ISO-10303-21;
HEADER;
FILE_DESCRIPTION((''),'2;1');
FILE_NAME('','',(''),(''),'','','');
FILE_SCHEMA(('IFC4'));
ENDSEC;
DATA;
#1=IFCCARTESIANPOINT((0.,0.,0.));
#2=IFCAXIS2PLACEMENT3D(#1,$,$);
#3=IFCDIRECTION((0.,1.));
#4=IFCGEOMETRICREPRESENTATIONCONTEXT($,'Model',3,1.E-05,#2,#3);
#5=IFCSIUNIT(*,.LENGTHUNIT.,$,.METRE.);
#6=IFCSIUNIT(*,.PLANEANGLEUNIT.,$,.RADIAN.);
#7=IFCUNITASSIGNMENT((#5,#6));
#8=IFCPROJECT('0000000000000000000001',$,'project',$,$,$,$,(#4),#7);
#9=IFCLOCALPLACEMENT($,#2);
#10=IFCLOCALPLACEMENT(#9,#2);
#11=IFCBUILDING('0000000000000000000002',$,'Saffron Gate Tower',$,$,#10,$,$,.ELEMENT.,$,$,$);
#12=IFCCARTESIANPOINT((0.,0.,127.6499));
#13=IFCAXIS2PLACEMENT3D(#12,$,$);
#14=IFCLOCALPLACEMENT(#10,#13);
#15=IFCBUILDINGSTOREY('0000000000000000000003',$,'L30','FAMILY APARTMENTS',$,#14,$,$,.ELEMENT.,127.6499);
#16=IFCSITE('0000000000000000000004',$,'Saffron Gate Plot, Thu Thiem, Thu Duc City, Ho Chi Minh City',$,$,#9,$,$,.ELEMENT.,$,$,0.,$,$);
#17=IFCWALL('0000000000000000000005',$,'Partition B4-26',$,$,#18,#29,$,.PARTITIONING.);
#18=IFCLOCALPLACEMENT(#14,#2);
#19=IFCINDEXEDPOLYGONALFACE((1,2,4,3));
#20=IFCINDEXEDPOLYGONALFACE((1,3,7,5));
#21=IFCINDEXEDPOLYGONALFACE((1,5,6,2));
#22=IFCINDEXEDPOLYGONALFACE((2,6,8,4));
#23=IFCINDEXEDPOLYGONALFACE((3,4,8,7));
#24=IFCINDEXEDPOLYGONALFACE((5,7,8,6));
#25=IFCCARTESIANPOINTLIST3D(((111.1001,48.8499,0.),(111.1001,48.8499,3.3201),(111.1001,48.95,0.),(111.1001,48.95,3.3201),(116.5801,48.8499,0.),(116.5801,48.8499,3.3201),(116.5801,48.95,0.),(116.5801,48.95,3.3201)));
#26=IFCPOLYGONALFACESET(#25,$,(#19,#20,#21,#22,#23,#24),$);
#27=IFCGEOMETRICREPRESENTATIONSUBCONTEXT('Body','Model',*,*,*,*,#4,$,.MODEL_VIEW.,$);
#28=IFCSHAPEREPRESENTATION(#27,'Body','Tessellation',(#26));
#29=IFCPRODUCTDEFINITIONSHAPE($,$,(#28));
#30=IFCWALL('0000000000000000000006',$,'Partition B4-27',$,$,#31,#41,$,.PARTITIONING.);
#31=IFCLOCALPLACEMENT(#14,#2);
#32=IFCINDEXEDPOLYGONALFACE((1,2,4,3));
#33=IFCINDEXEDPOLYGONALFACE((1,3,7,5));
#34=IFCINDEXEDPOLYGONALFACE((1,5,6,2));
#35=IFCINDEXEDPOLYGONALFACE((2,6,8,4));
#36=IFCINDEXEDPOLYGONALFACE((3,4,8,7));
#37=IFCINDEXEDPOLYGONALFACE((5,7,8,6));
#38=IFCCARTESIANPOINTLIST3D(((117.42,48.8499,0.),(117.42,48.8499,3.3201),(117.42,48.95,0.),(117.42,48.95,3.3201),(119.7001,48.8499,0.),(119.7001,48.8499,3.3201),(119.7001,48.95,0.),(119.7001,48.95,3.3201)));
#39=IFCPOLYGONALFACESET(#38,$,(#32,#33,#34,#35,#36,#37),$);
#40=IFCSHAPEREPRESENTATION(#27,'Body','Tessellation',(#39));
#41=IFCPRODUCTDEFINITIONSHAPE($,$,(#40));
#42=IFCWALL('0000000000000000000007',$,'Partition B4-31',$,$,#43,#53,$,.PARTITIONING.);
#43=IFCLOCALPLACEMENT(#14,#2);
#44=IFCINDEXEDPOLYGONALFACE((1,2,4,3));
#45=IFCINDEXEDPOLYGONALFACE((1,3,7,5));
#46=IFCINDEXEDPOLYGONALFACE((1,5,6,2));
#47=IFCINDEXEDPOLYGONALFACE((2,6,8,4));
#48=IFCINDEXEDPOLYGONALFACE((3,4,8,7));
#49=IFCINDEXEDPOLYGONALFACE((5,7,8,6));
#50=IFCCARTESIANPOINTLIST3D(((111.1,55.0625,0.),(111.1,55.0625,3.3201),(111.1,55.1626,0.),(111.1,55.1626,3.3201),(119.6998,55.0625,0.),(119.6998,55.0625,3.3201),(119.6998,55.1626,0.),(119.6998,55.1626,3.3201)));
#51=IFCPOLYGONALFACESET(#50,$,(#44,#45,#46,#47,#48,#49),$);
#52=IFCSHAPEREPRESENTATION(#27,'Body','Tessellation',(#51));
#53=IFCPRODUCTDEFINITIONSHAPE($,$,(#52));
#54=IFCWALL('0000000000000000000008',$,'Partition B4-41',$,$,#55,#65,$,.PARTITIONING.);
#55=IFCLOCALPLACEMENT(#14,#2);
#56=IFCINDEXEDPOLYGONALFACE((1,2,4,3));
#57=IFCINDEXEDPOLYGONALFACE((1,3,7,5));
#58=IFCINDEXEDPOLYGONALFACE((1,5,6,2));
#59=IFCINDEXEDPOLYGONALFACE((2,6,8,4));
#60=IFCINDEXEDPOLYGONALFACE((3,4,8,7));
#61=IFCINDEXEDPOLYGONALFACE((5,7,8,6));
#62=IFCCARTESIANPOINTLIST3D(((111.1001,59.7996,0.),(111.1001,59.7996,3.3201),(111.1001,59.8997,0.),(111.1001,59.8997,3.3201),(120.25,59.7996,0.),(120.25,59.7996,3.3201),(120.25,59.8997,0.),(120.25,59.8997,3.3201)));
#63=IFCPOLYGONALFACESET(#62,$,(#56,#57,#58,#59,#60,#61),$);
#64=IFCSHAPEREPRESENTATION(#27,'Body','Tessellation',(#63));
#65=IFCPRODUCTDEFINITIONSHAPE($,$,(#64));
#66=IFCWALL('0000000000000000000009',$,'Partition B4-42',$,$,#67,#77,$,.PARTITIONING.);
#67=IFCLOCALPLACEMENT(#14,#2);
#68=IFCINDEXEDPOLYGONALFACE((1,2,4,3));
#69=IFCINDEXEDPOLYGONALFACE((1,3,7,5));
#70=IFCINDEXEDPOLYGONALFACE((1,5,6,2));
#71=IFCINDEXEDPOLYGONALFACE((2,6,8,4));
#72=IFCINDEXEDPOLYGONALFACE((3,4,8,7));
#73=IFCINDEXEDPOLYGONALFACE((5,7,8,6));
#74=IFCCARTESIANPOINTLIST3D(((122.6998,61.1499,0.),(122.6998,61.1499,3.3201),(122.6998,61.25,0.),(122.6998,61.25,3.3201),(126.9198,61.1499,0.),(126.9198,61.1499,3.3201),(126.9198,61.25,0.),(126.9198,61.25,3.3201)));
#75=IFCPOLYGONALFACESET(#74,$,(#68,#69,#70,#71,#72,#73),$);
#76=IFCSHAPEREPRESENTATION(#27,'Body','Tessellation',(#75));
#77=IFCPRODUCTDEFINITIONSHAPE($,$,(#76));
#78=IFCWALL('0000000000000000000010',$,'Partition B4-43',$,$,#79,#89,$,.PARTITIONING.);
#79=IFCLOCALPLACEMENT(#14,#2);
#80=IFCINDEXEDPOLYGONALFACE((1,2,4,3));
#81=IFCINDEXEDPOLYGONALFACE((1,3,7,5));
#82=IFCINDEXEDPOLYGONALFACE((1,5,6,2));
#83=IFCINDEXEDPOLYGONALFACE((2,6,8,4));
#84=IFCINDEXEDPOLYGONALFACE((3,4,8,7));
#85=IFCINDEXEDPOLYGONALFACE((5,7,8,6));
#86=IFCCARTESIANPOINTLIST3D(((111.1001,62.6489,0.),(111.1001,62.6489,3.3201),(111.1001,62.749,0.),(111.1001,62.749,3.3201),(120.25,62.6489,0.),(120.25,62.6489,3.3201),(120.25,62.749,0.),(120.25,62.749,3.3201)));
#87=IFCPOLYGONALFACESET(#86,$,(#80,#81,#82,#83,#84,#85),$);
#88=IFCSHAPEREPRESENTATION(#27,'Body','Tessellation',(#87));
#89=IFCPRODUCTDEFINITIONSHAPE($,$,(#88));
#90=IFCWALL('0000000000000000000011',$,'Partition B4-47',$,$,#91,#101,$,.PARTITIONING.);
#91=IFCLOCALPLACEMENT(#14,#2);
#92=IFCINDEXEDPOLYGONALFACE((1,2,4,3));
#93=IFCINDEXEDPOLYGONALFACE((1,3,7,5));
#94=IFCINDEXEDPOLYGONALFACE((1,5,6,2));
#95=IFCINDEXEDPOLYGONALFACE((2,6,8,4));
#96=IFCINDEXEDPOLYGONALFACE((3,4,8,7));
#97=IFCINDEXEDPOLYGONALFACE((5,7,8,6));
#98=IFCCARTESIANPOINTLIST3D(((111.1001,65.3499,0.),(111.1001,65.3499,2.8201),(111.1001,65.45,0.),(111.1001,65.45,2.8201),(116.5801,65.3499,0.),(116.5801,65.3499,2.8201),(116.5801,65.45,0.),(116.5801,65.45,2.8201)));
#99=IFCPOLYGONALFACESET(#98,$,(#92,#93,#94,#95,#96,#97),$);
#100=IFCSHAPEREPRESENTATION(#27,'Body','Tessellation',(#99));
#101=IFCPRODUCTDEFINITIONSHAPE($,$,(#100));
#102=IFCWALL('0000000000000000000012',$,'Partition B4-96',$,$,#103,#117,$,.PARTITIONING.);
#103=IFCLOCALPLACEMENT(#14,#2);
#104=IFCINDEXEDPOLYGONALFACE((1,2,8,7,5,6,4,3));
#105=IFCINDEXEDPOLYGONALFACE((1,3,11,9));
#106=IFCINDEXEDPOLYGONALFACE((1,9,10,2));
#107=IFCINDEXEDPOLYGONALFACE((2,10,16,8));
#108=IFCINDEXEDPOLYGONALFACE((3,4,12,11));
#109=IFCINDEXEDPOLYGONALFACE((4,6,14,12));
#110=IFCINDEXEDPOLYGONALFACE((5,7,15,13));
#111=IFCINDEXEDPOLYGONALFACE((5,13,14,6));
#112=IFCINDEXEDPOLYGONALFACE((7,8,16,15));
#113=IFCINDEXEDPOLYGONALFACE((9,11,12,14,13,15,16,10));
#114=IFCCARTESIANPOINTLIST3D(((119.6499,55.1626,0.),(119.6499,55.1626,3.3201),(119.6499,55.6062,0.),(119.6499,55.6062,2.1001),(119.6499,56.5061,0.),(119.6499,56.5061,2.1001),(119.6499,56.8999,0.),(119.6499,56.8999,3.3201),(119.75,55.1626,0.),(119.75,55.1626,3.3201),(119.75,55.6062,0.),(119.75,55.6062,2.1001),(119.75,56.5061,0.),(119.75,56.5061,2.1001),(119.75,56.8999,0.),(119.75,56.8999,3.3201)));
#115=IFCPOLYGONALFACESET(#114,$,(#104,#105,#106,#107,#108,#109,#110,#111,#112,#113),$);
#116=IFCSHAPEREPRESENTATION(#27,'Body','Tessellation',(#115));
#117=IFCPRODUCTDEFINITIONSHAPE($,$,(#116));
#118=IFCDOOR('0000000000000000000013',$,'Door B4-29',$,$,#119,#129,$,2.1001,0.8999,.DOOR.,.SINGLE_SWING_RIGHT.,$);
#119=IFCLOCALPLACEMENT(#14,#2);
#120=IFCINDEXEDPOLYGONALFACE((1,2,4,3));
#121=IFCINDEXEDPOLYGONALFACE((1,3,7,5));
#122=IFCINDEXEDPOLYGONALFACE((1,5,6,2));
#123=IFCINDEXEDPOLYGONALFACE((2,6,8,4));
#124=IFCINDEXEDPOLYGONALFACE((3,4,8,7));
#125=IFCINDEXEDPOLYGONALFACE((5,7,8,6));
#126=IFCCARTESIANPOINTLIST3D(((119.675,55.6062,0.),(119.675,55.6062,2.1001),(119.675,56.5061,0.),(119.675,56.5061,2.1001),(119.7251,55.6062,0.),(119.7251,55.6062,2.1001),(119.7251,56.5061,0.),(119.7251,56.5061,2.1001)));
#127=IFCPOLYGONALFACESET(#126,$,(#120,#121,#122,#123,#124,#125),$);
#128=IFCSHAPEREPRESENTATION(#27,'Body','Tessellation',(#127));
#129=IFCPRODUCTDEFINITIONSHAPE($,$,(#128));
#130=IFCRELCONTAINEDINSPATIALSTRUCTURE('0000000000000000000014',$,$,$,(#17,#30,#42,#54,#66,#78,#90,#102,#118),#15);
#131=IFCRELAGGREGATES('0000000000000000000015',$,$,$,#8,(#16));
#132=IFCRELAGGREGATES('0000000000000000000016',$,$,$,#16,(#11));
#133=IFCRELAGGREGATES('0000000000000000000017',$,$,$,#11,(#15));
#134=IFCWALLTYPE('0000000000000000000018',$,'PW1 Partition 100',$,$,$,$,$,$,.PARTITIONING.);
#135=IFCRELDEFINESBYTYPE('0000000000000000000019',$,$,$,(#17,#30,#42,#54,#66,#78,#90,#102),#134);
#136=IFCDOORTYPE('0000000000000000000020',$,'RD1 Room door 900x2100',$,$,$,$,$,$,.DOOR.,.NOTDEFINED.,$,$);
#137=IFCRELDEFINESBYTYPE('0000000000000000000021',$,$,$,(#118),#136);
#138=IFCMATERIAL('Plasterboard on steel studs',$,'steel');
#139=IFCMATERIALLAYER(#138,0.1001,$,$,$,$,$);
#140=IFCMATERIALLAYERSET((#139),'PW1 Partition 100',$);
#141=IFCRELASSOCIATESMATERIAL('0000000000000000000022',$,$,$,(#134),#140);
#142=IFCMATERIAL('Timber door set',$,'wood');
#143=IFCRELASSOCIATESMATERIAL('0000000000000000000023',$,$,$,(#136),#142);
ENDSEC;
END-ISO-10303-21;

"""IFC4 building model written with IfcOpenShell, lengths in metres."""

from ifc_helpers import new_model, si_unit, direction, frame, frame_2d, origin, place, context, subcontext, project, spatial, rectangle, extrude, material, layer, layer_set, type_object, element, fill, save


model = new_model("IFC4")

# Units and contexts
model_context = context("Model", 3, precision=1e-05, world=origin(), true_north=direction((0.0, 1.0)))
body_context = subcontext(model_context, "Body", "Model", "MODEL_VIEW")
ifc_project = project(units=[si_unit("LENGTHUNIT", "METRE"), si_unit("PLANEANGLEUNIT", "RADIAN")], contexts=[model_context])

# Site, building, storey
site_placement = place(None, origin())
site = spatial("IfcSite", under=ifc_project, at=site_placement, Name="Saffron Gate Plot, Thu Thiem, Thu Duc City, Ho Chi Minh City", CompositionType="ELEMENT", RefElevation=0.0)
building_placement = place(site_placement, origin())
building = spatial("IfcBuilding", under=site, at=building_placement, Name="Saffron Gate Tower", CompositionType="ELEMENT")
storey_placement = place(building_placement, frame((0.0, 0.0, 127.6499)))
storey = spatial("IfcBuildingStorey", under=building, at=storey_placement, Name="L30", Description="FAMILY APARTMENTS", CompositionType="ELEMENT", Elevation=127.6499)

# Walls
ifc_material_1 = material(Name="Plasterboard on steel studs", Category="steel")
ifc_layer_1 = layer(ifc_material_1, 0.1001)
ifc_layer_set_1 = layer_set([ifc_layer_1], Name="PW1 Partition 100")
wall_type_1 = type_object("IfcWallType", Name="PW1 Partition 100", PredefinedType="PARTITIONING", material=ifc_layer_set_1)
wall_1_placement = place(storey_placement, frame((111.1001, 48.8999, 0.0), z_axis=(0.0, 0.0, 1.0), x_axis=(1.0, 0.0, 0.0)))
element("IfcWall", 1, at=wall_1_placement, inside=storey, type_object=wall_type_1, Name="Partition B4-26", PredefinedType="PARTITIONING", context=body_context, shape_type="SweptSolid", body=[
    extrude(rectangle(XDim=5.48, YDim=0.1001, at=frame_2d((2.74, 0.0))), origin(), (0.0, 0.0, 1.0), 3.3201),
])
wall_2_placement = place(storey_placement, frame((117.4199, 48.8999, 0.0), z_axis=(0.0, 0.0, 1.0), x_axis=(1.0, 0.0, 0.0)))
element("IfcWall", 2, at=wall_2_placement, inside=storey, type_object=wall_type_1, Name="Partition B4-27", PredefinedType="PARTITIONING", context=body_context, shape_type="SweptSolid", body=[
    extrude(rectangle(XDim=2.28, YDim=0.1001, at=frame_2d((1.1401, 0.0))), origin(), (0.0, 0.0, 1.0), 3.3201),
])
wall_3_placement = place(storey_placement, frame((111.1001, 55.1125, 0.0), z_axis=(0.0, 0.0, 1.0), x_axis=(1.0, 0.0, 0.0)))
element("IfcWall", 3, at=wall_3_placement, inside=storey, type_object=wall_type_1, Name="Partition B4-31", PredefinedType="PARTITIONING", context=body_context, shape_type="SweptSolid", body=[
    extrude(rectangle(XDim=8.5999, YDim=0.1001, at=frame_2d((4.2998, 0.0))), origin(), (0.0, 0.0, 1.0), 3.3201),
])
wall_4_placement = place(storey_placement, frame((111.1001, 59.8496, 0.0), z_axis=(0.0, 0.0, 1.0), x_axis=(1.0, 0.0, 0.0)))
element("IfcWall", 4, at=wall_4_placement, inside=storey, type_object=wall_type_1, Name="Partition B4-41", PredefinedType="PARTITIONING", context=body_context, shape_type="SweptSolid", body=[
    extrude(rectangle(XDim=9.1499, YDim=0.1001, at=frame_2d((4.575, 0.0))), origin(), (0.0, 0.0, 1.0), 3.3201),
])
wall_5_placement = place(storey_placement, frame((122.7, 61.2, 0.0), z_axis=(0.0, 0.0, 1.0), x_axis=(1.0, 0.0, 0.0)))
element("IfcWall", 5, at=wall_5_placement, inside=storey, type_object=wall_type_1, Name="Partition B4-42", PredefinedType="PARTITIONING", context=body_context, shape_type="SweptSolid", body=[
    extrude(rectangle(XDim=4.22, YDim=0.1001, at=frame_2d((2.1099, 0.0))), origin(), (0.0, 0.0, 1.0), 3.3201),
])
wall_6_placement = place(storey_placement, frame((111.1001, 62.699, 0.0), z_axis=(0.0, 0.0, 1.0), x_axis=(1.0, 0.0, 0.0)))
element("IfcWall", 6, at=wall_6_placement, inside=storey, type_object=wall_type_1, Name="Partition B4-43", PredefinedType="PARTITIONING", context=body_context, shape_type="SweptSolid", body=[
    extrude(rectangle(XDim=9.1499, YDim=0.1001, at=frame_2d((4.575, 0.0))), origin(), (0.0, 0.0, 1.0), 3.3201),
])
wall_7_placement = place(storey_placement, frame((111.1001, 65.3999, 0.0), z_axis=(0.0, 0.0, 1.0), x_axis=(1.0, 0.0, 0.0)))
element("IfcWall", 7, at=wall_7_placement, inside=storey, type_object=wall_type_1, Name="Partition B4-47", PredefinedType="PARTITIONING", context=body_context, shape_type="SweptSolid", body=[
    extrude(rectangle(XDim=5.48, YDim=0.1001, at=frame_2d((2.74, 0.0))), origin(), (0.0, 0.0, 1.0), 2.8201),
])

# Wall, opening, door
wall_8_placement = place(storey_placement, frame((119.7, 55.1626, 0.0), z_axis=(0.0, 0.0, 1.0), x_axis=(0.0, 1.0, 0.0)))
wall_8 = element("IfcWall", 8, at=wall_8_placement, inside=storey, type_object=wall_type_1, Name="Partition B4-96", PredefinedType="PARTITIONING", context=body_context, shape_type="SweptSolid", body=[
    extrude(rectangle(XDim=1.7373, YDim=0.1001, at=frame_2d((0.8687, 0.0))), origin(), (0.0, 0.0, 1.0), 3.3201),
])
opening_1_placement = place(wall_8_placement, frame((0.4436, 0.0, 0.0)))
opening_1 = element("IfcOpeningElement", 9, at=opening_1_placement, cuts=wall_8, PredefinedType="OPENING", context=body_context, shape_type="SweptSolid", body=[
    extrude(rectangle(XDim=0.8999, YDim=2.1001, at=frame_2d((0.45, 1.05))), frame((0.0, 0.0601, 0.0), z_axis=(0.0, -1.0, 0.0), x_axis=(1.0, 0.0, 0.0)), (0.0, 0.0, 1.0), 0.1201),
])
ifc_material_2 = material(Name="Timber door set", Category="wood")
door_type_1 = type_object("IfcDoorType", Name="RD1 Room door 900x2100", OperationType="NOTDEFINED", PredefinedType="DOOR", material=ifc_material_2)
door_1_placement = place(opening_1_placement, origin())
door_1 = element("IfcDoor", 10, at=door_1_placement, inside=storey, type_object=door_type_1, Name="Door B4-29", OperationType="SINGLE_SWING_RIGHT", OverallHeight=2.1001, OverallWidth=0.8999, PredefinedType="DOOR", context=body_context, shape_type="SweptSolid", body=[
    extrude(rectangle(XDim=0.8999, YDim=2.1001, at=frame_2d((0.45, 1.05))), frame((0.0, 0.0249, 0.0), z_axis=(0.0, -1.0, 0.0), x_axis=(1.0, 0.0, 0.0)), (0.0, 0.0, 1.0), 0.05),
])
fill(opening_1, door_1)

save(model, "model.ifc")
